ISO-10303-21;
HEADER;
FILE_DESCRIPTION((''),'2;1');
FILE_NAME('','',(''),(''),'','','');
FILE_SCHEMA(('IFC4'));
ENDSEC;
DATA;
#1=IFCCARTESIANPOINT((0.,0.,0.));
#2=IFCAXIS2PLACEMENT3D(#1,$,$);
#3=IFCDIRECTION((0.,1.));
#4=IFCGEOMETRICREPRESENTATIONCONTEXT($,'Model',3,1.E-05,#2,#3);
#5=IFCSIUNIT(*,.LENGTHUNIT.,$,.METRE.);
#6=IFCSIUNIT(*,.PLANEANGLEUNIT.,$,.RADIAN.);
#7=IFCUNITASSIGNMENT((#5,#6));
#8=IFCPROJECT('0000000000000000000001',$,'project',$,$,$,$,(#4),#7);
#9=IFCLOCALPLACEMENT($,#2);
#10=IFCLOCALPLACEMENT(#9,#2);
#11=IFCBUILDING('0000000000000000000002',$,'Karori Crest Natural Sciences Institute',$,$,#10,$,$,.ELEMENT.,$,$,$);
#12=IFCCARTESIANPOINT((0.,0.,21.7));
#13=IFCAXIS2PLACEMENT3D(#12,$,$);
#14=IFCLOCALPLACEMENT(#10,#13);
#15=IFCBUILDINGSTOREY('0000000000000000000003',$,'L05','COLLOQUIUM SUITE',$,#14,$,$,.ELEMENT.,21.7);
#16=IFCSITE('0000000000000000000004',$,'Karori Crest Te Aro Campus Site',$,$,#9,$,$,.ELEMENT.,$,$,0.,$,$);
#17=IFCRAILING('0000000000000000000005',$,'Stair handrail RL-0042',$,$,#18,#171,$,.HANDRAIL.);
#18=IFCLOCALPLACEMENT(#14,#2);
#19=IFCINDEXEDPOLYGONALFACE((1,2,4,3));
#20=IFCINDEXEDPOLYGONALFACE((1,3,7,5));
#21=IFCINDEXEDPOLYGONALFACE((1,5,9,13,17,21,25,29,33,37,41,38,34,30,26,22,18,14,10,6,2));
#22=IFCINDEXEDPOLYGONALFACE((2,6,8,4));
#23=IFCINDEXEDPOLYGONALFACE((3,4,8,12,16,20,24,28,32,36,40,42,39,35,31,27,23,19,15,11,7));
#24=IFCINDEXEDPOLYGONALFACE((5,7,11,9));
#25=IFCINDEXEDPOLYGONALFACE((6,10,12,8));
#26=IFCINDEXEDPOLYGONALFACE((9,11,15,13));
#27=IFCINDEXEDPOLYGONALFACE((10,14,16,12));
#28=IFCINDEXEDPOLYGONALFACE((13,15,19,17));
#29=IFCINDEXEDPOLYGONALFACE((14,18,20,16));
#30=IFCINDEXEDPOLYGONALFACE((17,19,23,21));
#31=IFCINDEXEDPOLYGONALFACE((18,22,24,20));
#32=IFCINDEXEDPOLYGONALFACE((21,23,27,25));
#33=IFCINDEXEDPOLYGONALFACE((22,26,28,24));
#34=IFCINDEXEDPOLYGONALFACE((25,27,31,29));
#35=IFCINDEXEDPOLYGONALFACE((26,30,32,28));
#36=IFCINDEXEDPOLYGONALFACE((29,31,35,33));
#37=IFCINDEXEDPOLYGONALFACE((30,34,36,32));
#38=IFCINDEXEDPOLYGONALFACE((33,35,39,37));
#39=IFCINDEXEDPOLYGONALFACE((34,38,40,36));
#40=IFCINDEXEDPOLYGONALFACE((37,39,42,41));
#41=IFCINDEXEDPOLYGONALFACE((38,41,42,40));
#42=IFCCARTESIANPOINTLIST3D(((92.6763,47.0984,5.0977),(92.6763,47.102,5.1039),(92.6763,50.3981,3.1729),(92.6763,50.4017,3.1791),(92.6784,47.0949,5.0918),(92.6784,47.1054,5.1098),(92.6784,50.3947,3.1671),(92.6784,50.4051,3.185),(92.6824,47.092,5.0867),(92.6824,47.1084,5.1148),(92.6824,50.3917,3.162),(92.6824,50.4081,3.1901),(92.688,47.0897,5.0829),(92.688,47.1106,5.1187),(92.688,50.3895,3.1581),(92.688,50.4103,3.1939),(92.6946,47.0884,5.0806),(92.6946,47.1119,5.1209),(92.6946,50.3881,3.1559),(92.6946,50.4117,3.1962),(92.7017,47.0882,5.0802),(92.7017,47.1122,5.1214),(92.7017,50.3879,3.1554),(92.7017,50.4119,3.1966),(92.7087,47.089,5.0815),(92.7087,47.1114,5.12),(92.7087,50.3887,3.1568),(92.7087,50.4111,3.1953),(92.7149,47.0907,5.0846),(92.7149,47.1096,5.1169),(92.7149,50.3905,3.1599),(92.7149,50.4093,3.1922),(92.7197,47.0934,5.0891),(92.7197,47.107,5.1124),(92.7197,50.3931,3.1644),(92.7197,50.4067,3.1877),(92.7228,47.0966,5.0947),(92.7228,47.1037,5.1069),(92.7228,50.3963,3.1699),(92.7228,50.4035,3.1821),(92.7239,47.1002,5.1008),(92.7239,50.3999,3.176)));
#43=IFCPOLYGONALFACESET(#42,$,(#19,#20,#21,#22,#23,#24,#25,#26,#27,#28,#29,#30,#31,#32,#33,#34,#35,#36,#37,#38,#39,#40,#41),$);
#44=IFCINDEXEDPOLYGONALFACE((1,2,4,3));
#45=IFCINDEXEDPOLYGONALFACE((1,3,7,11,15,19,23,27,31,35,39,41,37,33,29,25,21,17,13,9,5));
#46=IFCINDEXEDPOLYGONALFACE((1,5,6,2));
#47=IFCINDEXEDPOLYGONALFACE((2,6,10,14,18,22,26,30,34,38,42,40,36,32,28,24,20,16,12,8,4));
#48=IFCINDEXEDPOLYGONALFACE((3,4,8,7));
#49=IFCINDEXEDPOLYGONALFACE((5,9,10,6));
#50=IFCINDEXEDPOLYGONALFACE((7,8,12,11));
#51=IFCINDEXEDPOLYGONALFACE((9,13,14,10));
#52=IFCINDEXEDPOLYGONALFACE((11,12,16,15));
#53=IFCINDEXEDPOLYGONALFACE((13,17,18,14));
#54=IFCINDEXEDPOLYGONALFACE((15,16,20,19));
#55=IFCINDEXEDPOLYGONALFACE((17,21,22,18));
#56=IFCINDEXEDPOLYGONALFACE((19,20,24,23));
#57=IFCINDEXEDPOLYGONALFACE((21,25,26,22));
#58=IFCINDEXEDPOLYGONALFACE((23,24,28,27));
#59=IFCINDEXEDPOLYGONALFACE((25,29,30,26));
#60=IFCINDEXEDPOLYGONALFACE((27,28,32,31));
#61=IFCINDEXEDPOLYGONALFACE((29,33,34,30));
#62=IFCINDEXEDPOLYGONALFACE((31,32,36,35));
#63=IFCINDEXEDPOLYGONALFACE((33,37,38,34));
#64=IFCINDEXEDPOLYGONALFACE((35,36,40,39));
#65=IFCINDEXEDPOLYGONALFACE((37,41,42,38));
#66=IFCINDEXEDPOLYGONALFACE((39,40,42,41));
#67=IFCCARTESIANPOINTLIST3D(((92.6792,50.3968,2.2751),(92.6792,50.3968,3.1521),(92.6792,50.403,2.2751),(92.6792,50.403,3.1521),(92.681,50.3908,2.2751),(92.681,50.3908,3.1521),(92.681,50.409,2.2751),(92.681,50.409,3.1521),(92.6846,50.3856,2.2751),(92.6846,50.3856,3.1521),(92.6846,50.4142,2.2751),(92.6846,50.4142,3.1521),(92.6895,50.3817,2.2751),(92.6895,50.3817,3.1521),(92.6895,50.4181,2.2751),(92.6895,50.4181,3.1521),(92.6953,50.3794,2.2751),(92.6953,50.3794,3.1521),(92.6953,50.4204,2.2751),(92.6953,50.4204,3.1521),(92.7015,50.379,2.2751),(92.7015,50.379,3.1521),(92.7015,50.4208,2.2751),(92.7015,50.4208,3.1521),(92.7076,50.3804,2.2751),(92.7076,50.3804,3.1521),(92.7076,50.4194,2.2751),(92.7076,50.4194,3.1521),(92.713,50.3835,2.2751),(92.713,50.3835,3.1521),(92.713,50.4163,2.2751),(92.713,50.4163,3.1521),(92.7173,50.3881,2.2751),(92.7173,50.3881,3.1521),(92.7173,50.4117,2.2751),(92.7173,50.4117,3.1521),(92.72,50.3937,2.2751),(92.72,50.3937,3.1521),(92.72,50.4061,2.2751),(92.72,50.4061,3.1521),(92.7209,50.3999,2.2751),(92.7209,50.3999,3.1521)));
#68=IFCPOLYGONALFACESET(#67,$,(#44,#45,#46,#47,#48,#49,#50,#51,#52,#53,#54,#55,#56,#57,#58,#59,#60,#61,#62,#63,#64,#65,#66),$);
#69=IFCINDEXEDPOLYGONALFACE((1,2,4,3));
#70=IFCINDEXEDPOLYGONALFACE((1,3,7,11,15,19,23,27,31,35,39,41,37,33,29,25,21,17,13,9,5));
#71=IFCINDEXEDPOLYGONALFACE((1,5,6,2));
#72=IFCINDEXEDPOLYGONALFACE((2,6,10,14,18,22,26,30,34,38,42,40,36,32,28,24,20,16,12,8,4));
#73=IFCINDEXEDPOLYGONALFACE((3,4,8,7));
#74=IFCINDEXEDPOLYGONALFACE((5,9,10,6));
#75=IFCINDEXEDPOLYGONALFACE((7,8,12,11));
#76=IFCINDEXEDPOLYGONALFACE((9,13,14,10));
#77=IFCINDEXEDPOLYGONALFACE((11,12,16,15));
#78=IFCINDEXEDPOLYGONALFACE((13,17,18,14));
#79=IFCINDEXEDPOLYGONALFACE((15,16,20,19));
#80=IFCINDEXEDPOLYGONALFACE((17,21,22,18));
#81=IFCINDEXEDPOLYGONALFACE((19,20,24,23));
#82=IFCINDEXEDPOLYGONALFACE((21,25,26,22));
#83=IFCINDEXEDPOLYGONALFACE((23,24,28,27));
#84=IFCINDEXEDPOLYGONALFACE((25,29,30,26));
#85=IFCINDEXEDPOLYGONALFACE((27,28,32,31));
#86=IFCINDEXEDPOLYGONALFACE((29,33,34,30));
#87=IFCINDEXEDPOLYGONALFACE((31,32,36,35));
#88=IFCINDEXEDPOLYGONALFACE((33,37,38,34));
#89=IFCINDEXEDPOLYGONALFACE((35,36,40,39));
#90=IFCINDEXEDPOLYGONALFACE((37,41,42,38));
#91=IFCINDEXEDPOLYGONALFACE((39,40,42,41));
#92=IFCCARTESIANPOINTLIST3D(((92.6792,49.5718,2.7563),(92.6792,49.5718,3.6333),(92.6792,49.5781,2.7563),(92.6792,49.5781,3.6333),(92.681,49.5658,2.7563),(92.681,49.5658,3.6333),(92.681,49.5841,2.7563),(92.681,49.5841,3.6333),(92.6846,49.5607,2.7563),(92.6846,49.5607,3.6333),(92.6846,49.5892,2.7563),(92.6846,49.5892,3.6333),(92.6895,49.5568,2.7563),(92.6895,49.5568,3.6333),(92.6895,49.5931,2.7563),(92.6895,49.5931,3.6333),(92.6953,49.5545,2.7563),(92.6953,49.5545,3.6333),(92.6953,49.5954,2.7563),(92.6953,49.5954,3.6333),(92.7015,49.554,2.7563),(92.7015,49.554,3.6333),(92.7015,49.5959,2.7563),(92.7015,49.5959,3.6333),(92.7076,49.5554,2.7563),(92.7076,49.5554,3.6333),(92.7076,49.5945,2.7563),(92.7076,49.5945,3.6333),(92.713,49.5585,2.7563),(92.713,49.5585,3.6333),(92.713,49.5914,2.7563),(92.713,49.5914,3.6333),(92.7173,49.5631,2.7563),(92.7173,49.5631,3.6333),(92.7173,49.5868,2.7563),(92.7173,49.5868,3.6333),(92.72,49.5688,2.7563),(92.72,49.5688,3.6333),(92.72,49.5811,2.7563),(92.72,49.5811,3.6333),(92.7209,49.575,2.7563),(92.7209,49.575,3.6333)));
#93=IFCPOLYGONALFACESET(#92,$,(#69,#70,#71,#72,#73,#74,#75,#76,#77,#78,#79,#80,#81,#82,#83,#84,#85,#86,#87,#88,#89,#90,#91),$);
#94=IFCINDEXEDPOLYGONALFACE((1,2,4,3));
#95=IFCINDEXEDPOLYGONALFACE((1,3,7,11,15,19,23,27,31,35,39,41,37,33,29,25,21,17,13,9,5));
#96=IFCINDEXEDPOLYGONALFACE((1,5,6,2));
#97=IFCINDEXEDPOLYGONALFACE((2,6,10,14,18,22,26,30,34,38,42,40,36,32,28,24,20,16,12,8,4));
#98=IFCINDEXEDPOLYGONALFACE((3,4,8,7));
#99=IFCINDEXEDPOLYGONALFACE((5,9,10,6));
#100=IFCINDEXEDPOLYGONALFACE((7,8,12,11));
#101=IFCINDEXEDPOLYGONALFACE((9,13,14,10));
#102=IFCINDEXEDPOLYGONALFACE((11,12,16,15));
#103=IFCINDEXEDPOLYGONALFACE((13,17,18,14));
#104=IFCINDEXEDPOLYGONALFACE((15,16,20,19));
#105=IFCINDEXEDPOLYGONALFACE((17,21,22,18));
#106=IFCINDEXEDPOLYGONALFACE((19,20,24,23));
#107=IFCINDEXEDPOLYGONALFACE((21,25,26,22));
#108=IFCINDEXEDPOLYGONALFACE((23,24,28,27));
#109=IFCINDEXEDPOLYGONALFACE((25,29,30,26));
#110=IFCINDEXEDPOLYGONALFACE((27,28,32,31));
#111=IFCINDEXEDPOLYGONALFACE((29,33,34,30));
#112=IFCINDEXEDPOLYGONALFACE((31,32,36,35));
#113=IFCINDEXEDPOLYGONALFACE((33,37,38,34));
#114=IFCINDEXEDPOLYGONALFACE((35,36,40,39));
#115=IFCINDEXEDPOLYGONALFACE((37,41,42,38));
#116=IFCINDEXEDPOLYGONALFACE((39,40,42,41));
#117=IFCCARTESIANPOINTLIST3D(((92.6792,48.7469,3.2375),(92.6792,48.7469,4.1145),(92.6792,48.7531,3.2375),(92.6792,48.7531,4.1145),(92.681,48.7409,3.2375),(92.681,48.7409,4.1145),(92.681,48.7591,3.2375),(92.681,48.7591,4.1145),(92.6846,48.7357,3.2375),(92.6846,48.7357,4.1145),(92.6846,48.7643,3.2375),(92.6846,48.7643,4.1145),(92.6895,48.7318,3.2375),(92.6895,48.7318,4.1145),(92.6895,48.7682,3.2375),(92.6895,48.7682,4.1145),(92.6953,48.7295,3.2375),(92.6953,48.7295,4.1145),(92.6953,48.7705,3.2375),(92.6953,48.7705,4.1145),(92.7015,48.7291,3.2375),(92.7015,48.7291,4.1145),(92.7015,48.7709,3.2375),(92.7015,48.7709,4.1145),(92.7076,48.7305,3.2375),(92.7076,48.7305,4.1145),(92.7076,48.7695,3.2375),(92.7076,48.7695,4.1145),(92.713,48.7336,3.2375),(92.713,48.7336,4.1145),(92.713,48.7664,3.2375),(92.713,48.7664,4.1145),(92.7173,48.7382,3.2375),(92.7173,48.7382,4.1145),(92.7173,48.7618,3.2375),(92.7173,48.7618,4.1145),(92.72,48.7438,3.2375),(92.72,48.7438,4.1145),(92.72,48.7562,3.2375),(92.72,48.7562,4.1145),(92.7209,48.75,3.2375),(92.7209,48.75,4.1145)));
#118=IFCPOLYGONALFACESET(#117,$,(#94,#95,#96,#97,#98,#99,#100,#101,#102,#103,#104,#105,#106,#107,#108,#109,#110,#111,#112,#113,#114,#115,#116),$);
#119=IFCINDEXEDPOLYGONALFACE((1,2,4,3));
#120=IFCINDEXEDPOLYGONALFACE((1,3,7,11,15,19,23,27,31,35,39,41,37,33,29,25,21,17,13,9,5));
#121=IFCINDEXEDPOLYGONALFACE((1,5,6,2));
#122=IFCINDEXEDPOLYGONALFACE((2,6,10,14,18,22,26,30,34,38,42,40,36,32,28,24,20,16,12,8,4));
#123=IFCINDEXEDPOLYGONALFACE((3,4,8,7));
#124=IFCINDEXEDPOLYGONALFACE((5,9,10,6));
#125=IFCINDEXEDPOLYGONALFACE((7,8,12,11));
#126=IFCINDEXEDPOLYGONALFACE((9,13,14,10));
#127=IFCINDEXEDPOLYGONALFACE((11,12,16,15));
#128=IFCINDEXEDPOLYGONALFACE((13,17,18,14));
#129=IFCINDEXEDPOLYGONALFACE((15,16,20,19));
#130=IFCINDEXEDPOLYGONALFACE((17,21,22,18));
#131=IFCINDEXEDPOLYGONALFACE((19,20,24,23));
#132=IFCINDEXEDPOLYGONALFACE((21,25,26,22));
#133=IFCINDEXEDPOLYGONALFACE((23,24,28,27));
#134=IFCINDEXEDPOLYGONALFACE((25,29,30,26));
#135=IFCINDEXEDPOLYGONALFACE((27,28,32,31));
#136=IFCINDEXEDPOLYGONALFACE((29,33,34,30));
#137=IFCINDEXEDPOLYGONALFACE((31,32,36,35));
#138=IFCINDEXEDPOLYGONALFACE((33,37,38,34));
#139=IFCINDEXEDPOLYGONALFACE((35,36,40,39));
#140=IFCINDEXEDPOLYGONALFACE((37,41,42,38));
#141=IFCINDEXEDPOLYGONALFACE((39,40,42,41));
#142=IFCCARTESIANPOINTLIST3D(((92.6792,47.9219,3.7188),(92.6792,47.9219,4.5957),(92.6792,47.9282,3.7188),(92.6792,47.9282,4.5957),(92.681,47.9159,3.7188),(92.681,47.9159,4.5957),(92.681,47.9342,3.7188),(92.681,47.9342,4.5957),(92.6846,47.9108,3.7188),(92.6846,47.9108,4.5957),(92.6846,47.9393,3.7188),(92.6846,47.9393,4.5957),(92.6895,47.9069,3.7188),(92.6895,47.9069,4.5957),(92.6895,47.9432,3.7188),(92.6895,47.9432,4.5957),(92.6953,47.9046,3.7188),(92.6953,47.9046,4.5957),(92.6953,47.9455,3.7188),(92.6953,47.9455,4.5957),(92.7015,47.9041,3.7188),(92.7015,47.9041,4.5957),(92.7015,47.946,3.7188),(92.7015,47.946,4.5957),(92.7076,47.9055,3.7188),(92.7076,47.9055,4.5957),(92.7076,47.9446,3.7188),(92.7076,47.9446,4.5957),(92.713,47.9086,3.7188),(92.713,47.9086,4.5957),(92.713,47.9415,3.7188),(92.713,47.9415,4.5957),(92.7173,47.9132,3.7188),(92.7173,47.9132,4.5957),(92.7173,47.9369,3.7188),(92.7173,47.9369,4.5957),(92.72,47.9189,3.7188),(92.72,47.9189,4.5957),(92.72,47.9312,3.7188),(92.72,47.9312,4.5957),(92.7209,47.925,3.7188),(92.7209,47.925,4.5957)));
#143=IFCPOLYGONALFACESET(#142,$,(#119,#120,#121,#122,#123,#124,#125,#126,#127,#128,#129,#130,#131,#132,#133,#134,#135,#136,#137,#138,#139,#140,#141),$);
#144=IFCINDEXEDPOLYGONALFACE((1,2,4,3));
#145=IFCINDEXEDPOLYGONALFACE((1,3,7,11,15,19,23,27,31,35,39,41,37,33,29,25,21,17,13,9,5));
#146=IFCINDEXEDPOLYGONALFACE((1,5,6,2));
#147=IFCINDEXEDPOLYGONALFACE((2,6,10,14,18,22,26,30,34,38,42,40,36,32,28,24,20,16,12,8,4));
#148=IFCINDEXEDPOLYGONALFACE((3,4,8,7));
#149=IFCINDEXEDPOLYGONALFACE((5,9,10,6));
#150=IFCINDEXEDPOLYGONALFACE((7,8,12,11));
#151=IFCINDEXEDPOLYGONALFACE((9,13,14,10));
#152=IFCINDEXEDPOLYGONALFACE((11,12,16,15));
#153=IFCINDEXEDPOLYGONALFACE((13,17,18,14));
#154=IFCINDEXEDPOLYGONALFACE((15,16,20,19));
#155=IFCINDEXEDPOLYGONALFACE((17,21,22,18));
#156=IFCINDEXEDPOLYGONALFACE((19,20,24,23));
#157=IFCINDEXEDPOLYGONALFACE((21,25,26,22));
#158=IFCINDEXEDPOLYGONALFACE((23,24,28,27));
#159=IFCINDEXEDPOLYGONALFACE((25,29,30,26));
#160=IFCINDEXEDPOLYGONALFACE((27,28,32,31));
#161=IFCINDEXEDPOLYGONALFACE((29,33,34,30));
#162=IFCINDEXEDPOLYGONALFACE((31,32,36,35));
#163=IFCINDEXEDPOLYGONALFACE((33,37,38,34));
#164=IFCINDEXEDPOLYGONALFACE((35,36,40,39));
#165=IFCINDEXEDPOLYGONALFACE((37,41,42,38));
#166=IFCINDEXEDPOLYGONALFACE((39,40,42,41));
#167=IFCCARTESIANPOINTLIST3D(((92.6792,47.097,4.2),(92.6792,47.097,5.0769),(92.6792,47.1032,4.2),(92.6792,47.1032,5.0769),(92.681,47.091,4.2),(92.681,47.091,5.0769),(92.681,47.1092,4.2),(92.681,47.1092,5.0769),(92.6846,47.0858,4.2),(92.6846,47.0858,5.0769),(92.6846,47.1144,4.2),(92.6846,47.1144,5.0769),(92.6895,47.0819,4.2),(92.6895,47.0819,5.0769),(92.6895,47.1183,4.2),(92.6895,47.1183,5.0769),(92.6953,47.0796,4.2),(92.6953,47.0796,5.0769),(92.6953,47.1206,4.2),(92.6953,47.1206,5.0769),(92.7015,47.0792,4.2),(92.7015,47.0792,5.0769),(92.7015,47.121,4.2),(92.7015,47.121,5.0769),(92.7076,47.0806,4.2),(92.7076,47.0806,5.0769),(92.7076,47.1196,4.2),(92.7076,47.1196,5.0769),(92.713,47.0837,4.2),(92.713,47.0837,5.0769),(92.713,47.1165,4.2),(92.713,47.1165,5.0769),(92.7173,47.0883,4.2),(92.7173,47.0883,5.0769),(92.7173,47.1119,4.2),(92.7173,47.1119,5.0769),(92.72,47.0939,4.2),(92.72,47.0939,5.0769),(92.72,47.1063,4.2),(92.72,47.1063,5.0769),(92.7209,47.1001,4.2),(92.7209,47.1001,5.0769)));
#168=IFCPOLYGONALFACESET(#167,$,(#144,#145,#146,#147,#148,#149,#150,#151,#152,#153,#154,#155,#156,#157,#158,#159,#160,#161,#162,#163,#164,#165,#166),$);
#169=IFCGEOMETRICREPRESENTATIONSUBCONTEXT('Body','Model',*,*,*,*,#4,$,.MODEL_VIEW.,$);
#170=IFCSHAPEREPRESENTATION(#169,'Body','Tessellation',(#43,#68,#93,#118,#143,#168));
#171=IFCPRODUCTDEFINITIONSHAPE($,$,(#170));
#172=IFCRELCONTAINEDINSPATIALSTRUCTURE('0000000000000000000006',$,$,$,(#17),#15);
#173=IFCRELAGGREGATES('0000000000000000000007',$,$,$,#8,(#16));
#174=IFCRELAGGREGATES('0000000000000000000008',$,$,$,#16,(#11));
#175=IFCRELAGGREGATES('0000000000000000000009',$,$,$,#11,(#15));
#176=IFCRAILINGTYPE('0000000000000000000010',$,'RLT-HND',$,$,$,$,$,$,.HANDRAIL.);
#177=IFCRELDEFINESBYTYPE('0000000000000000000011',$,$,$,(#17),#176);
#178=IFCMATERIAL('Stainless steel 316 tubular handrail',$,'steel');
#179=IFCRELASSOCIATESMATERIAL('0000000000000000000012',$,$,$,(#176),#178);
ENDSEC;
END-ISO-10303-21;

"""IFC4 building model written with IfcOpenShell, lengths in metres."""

from ifc_helpers import new_model, si_unit, direction, frame, origin, origin_2d, place, context, subcontext, project, spatial, circle, extrude, material, type_object, element, save


model = new_model("IFC4")

# Units and contexts
model_context = context("Model", 3, precision=1e-05, world=origin(), true_north=direction((0.0, 1.0)))
body_context = subcontext(model_context, "Body", "Model", "MODEL_VIEW")
ifc_project = project(units=[si_unit("LENGTHUNIT", "METRE"), si_unit("PLANEANGLEUNIT", "RADIAN")], contexts=[model_context])

# Site, building, storey
site_placement = place(None, origin())
site = spatial("IfcSite", under=ifc_project, at=site_placement, Name="Karori Crest Te Aro Campus Site", CompositionType="ELEMENT", RefElevation=0.0)
building_placement = place(site_placement, origin())
building = spatial("IfcBuilding", under=site, at=building_placement, Name="Karori Crest Natural Sciences Institute", CompositionType="ELEMENT")
storey_placement = place(building_placement, frame((0.0, 0.0, 21.7)))
storey = spatial("IfcBuildingStorey", under=building, at=storey_placement, Name="L05", Description="COLLOQUIUM SUITE", CompositionType="ELEMENT", Elevation=21.7)

# Railing
ifc_material_1 = material(Name="Stainless steel 316 tubular handrail", Category="steel")
railing_type_1 = type_object("IfcRailingType", Name="RLT-HND", PredefinedType="HANDRAIL", material=ifc_material_1)
railing_1_placement = place(storey_placement, frame((92.7, 50.3999, 2.2751)))
element("IfcRailing", 1, at=railing_1_placement, inside=storey, type_object=railing_type_1, Name="Stair handrail RL-0042", PredefinedType="HANDRAIL", context=body_context, shape_type="SweptSolid", body=[
    extrude(circle(Radius=0.0239, at=origin_2d()), frame((0.0, 0.0, 0.9009), z_axis=(0.0, -0.863788, 0.503855), x_axis=(1.0, 0.0, 0.0)), (0.0, 0.0, 1.0), 3.8201),
    extrude(circle(Radius=0.021, at=origin_2d()), origin(), (0.0, 0.0, 1.0), 0.877),
    extrude(circle(Radius=0.021, at=origin_2d()), frame((0.0, -0.825, 0.4812)), (0.0, 0.0, 1.0), 0.877),
    extrude(circle(Radius=0.021, at=origin_2d()), frame((0.0, -1.6499, 0.9624)), (0.0, 0.0, 1.0), 0.877),
    extrude(circle(Radius=0.021, at=origin_2d()), frame((0.0, -2.4749, 1.4436)), (0.0, 0.0, 1.0), 0.877),
    extrude(circle(Radius=0.021, at=origin_2d()), frame((0.0, -3.2998, 1.9248)), (0.0, 0.0, 1.0), 0.877),
])

save(model, "model.ifc")
